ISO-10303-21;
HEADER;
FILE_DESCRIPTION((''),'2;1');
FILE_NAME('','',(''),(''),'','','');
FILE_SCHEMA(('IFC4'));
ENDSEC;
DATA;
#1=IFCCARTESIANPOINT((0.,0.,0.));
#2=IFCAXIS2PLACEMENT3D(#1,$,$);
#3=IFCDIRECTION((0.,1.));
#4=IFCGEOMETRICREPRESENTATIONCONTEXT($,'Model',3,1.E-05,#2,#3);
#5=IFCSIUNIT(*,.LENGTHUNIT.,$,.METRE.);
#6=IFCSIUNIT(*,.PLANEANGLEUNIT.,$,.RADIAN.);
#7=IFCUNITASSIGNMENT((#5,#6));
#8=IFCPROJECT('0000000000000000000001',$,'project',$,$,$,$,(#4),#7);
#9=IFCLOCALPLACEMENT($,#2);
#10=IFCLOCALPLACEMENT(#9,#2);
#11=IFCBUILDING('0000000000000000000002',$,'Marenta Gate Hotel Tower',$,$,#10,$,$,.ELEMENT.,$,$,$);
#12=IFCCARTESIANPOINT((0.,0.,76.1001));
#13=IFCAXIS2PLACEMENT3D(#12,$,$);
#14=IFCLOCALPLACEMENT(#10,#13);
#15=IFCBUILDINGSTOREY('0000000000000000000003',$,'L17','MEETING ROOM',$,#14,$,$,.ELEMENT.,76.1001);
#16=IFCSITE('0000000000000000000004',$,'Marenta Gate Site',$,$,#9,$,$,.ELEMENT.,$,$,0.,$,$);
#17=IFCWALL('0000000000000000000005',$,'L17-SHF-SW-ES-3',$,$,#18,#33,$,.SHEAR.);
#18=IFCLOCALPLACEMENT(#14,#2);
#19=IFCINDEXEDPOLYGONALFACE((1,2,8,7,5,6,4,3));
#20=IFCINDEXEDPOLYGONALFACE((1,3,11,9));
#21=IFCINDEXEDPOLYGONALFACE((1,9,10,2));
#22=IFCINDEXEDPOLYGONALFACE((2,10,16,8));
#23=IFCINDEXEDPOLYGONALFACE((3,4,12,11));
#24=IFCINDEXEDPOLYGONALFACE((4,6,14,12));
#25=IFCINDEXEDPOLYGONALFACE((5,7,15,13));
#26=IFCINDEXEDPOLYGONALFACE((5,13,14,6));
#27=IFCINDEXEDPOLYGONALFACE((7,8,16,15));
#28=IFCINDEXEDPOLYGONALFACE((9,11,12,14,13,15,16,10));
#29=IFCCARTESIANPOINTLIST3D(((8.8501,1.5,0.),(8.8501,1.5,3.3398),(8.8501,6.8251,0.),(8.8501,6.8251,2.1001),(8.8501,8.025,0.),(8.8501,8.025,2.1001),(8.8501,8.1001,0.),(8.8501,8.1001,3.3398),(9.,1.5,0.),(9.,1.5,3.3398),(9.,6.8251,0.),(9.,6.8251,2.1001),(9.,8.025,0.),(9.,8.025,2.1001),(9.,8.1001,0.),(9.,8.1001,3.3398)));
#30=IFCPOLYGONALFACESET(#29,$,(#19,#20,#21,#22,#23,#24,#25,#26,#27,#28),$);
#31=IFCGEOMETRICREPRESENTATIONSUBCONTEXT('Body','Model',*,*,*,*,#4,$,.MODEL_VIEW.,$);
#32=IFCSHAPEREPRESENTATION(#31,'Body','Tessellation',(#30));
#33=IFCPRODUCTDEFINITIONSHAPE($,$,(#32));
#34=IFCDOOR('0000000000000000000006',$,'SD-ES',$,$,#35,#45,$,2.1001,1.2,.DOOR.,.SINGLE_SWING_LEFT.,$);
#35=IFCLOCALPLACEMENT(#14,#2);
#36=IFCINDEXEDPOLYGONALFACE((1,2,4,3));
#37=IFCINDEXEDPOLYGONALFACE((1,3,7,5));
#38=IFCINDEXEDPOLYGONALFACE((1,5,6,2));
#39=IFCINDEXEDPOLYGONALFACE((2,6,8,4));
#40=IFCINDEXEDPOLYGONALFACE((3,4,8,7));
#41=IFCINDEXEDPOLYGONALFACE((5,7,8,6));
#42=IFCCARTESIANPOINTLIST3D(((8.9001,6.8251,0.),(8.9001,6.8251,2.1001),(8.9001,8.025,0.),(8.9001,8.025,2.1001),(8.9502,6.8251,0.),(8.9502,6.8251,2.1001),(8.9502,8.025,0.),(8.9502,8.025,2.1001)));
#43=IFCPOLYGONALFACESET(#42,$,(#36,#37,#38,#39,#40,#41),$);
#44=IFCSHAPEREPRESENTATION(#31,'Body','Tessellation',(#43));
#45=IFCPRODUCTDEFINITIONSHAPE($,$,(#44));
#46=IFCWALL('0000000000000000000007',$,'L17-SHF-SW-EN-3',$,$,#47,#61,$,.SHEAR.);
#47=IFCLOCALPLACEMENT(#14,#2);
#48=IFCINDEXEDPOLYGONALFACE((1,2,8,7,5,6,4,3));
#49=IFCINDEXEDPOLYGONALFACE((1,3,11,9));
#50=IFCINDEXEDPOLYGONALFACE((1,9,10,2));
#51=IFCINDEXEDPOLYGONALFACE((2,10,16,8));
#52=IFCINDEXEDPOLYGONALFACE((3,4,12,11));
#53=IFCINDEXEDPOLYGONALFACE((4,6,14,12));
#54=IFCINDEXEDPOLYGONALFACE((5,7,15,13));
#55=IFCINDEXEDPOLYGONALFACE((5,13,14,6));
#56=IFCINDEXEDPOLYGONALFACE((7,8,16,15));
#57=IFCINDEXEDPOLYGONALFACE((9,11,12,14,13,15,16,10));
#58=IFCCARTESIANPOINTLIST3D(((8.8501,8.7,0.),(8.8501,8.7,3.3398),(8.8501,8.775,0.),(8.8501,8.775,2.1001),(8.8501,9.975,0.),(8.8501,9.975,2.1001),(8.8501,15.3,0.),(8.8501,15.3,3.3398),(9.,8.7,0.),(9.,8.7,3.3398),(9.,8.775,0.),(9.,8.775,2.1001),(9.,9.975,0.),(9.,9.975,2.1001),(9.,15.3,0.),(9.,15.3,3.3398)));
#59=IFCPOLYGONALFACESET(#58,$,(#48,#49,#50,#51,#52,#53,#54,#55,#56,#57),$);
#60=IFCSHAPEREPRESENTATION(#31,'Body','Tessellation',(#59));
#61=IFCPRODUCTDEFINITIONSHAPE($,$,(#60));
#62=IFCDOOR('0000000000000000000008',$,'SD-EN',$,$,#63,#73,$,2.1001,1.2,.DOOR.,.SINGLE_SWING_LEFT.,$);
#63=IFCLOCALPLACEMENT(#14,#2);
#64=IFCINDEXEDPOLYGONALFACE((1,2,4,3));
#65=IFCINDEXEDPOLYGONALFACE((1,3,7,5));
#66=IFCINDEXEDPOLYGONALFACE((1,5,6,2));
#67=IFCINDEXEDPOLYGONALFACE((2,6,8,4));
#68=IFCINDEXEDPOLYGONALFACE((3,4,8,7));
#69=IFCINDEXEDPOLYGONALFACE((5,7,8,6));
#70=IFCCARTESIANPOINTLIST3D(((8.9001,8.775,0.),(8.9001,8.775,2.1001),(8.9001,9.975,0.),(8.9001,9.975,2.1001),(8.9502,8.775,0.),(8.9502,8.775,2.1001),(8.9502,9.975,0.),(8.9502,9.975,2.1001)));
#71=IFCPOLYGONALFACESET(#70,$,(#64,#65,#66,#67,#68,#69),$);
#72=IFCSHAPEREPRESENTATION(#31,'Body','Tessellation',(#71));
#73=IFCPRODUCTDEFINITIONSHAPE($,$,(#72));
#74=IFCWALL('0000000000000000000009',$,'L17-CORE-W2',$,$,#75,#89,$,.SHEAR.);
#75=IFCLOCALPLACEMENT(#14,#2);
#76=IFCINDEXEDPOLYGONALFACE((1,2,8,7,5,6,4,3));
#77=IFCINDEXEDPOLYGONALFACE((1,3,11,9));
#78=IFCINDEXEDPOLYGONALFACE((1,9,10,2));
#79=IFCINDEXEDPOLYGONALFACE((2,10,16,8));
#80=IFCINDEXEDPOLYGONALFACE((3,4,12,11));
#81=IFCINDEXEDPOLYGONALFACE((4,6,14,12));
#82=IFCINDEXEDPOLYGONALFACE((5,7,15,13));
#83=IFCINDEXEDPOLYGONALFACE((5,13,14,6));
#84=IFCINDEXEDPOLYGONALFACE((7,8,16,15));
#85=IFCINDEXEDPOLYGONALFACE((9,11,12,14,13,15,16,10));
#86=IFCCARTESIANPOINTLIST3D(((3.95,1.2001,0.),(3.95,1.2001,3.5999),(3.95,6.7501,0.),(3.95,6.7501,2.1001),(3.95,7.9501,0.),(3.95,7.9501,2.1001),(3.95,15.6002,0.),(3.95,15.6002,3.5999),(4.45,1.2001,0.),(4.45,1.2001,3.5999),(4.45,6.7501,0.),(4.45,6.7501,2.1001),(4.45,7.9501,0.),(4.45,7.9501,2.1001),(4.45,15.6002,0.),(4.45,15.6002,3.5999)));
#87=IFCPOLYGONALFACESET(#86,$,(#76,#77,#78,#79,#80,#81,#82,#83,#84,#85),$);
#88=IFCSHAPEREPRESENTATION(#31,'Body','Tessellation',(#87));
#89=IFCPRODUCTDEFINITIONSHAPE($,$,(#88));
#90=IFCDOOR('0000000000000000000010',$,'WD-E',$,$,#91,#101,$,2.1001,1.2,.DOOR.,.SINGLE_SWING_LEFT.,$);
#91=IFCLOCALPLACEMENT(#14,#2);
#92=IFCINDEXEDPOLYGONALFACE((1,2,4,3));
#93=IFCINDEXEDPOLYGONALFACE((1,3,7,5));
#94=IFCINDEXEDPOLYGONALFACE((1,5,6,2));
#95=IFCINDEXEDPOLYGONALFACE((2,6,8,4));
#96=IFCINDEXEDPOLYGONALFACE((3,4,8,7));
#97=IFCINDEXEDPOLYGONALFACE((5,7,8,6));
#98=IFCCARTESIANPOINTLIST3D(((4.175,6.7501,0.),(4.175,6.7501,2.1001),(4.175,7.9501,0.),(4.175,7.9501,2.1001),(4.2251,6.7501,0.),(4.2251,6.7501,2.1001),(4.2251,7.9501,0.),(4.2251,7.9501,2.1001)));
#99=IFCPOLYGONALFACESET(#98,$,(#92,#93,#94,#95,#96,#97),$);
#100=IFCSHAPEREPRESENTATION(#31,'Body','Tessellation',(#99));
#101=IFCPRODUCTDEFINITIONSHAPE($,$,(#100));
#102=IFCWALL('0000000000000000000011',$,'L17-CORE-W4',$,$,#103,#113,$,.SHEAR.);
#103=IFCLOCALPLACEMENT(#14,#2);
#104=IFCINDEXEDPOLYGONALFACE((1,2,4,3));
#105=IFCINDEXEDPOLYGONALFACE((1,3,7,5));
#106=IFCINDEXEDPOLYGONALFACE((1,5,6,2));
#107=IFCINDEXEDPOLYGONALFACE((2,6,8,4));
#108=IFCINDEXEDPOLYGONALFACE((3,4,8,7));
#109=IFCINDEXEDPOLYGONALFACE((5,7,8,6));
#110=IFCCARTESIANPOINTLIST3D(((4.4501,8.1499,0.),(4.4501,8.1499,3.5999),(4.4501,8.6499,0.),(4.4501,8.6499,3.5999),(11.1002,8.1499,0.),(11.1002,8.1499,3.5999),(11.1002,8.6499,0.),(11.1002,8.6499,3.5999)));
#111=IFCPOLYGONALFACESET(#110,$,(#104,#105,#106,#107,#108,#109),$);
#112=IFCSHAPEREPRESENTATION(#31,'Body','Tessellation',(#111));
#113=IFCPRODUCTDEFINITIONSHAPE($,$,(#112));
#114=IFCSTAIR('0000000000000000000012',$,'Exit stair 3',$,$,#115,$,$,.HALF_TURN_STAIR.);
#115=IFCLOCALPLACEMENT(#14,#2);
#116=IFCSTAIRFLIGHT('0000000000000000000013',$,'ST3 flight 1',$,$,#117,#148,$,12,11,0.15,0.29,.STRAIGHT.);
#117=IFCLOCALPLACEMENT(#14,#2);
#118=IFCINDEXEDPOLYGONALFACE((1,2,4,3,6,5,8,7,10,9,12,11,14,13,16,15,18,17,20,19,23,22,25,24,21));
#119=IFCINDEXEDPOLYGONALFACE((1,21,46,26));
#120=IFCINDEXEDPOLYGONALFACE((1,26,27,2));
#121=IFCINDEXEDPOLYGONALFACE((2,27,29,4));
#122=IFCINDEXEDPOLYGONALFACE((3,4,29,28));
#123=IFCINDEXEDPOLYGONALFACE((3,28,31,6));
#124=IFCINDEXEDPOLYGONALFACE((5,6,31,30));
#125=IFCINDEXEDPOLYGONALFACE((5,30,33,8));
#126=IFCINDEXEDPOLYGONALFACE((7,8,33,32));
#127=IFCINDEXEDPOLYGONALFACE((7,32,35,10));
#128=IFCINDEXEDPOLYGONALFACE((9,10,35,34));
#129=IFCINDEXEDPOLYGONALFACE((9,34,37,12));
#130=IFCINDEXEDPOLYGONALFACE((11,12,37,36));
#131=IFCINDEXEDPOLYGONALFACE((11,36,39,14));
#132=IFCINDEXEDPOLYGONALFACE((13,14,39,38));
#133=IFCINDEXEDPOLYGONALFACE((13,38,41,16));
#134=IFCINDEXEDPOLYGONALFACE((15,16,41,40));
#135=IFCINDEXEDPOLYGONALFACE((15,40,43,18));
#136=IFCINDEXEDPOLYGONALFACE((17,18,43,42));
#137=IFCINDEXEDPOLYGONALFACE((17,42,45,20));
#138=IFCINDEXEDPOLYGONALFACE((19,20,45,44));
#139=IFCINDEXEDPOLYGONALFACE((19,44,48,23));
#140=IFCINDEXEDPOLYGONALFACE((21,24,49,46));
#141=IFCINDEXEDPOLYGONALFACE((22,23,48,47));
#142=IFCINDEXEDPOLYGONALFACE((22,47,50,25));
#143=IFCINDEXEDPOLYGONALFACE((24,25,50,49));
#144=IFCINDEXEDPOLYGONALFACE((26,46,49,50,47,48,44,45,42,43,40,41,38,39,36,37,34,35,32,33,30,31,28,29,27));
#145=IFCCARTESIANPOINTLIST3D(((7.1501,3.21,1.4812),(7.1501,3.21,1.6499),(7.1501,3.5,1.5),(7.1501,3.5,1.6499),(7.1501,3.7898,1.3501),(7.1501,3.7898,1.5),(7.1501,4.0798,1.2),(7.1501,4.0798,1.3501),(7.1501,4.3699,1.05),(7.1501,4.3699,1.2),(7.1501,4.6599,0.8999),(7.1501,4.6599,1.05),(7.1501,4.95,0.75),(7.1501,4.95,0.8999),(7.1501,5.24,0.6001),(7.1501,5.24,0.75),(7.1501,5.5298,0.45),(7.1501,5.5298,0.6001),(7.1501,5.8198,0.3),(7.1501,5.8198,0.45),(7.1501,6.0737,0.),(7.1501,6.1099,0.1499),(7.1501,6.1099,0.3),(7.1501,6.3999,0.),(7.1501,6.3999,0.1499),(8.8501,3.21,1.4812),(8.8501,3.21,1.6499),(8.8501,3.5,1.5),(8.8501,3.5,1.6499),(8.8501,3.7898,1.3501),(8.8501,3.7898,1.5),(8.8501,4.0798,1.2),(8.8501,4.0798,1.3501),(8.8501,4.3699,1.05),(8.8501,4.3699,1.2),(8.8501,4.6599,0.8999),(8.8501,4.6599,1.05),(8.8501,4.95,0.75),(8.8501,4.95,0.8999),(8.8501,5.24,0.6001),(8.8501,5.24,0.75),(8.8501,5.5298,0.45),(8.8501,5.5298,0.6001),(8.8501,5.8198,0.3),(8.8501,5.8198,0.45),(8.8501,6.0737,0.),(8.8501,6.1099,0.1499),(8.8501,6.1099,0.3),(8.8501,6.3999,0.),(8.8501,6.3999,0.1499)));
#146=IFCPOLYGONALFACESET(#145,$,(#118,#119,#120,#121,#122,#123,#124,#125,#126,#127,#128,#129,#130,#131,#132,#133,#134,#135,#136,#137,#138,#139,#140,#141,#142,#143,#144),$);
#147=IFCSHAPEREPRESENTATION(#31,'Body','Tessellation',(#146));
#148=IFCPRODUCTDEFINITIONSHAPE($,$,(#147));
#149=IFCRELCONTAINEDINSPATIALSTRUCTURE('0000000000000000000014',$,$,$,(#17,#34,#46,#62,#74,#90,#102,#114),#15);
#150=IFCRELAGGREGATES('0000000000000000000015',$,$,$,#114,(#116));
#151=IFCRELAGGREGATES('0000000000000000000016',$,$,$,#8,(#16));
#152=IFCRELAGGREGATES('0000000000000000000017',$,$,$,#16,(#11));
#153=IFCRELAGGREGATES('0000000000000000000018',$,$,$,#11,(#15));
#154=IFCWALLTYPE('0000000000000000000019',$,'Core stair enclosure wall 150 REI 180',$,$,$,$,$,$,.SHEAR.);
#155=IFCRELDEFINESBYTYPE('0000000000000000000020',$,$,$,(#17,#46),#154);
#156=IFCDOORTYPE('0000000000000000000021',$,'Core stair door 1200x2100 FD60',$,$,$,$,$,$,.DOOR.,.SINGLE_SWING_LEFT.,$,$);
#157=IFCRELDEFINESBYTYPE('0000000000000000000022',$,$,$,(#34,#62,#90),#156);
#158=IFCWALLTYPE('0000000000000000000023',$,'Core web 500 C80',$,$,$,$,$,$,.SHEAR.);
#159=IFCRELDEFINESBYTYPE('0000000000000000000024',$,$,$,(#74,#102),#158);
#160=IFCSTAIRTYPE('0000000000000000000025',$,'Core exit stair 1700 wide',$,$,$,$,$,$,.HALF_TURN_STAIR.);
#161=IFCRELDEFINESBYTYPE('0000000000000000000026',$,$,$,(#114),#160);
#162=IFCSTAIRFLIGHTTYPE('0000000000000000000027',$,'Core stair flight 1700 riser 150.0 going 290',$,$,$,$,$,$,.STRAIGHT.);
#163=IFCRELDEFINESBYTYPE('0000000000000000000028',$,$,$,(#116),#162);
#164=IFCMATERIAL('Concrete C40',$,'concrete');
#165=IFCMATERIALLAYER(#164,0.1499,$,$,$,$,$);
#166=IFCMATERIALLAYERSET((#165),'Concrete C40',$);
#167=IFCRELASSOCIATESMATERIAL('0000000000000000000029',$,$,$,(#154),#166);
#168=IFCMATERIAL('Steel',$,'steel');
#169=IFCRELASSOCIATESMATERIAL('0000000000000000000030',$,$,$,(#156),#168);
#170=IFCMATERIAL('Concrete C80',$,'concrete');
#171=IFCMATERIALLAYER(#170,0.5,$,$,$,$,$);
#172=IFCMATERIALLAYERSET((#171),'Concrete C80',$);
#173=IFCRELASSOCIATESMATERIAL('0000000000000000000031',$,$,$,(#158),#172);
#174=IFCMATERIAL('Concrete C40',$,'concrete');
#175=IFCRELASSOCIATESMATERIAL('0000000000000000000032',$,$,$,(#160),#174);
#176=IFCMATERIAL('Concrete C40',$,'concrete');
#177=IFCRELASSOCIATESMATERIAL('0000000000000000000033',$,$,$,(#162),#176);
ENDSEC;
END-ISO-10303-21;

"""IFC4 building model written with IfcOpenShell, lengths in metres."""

from ifc_helpers import new_model, si_unit, direction, frame, frame_2d, origin, place, context, subcontext, project, spatial, polyline, rectangle, outline, extrude, material, layer, layer_set, type_object, element, fill, aggregate, save


model = new_model("IFC4")

# Units and contexts
model_context = context("Model", 3, precision=1e-05, world=origin(), true_north=direction((0.0, 1.0)))
body_context = subcontext(model_context, "Body", "Model", "MODEL_VIEW")
ifc_project = project(units=[si_unit("LENGTHUNIT", "METRE"), si_unit("PLANEANGLEUNIT", "RADIAN")], contexts=[model_context])

# Site, building, storey
site_placement = place(None, origin())
site = spatial("IfcSite", under=ifc_project, at=site_placement, Name="Marenta Gate Site", CompositionType="ELEMENT", RefElevation=0.0)
building_placement = place(site_placement, origin())
building = spatial("IfcBuilding", under=site, at=building_placement, Name="Marenta Gate Hotel Tower", CompositionType="ELEMENT")
storey_placement = place(building_placement, frame((0.0, 0.0, 76.1001)))
storey = spatial("IfcBuildingStorey", under=building, at=storey_placement, Name="L17", Description="MEETING ROOM", CompositionType="ELEMENT", Elevation=76.1001)

# Walls, openings, doors
ifc_material_1 = material(Name="Concrete C40", Category="concrete")
ifc_layer_1 = layer(ifc_material_1, 0.1499)
ifc_layer_set_1 = layer_set([ifc_layer_1], Name="Concrete C40")
wall_type_1 = type_object("IfcWallType", Name="Core stair enclosure wall 150 REI 180", PredefinedType="SHEAR", material=ifc_layer_set_1)
wall_1_placement = place(storey_placement, frame((8.925, 1.5, 0.0), z_axis=(0.0, 0.0, 1.0), x_axis=(0.0, 1.0, 0.0)))
wall_1 = element("IfcWall", 1, at=wall_1_placement, inside=storey, type_object=wall_type_1, Name="L17-SHF-SW-ES-3", PredefinedType="SHEAR", context=body_context, shape_type="SweptSolid", body=[
    extrude(rectangle(XDim=6.6001, YDim=0.1499, at=frame_2d((3.3, 0.0))), origin(), (0.0, 0.0, 1.0), 3.3398),
])
opening_1_placement = place(wall_1_placement, frame((5.325, 0.0, 0.0)))
opening_1 = element("IfcOpeningElement", 2, at=opening_1_placement, cuts=wall_1, PredefinedType="OPENING", context=body_context, shape_type="SweptSolid", body=[
    extrude(rectangle(XDim=1.2, YDim=2.1001, at=frame_2d((0.6001, 1.05))), frame((0.0, 0.075, 0.0), z_axis=(0.0, -1.0, 0.0), x_axis=(1.0, 0.0, 0.0)), (0.0, 0.0, 1.0), 0.1499),
])
ifc_material_2 = material(Name="Steel", Category="steel")
door_type_1 = type_object("IfcDoorType", Name="Core stair door 1200x2100 FD60", OperationType="SINGLE_SWING_LEFT", PredefinedType="DOOR", material=ifc_material_2)
door_1_placement = place(opening_1_placement, origin())
door_1 = element("IfcDoor", 3, at=door_1_placement, inside=storey, type_object=door_type_1, Name="SD-ES", OperationType="SINGLE_SWING_LEFT", OverallHeight=2.1001, OverallWidth=1.2, PredefinedType="DOOR", context=body_context, shape_type="SweptSolid", body=[
    extrude(rectangle(XDim=1.2, YDim=2.1001, at=frame_2d((0.6001, 1.05))), frame((0.0, 0.0249, 0.0), z_axis=(0.0, -1.0, 0.0), x_axis=(1.0, 0.0, 0.0)), (0.0, 0.0, 1.0), 0.05),
])
fill(opening_1, door_1)
wall_2_placement = place(storey_placement, frame((8.925, 8.7, 0.0), z_axis=(0.0, 0.0, 1.0), x_axis=(0.0, 1.0, 0.0)))
wall_2 = element("IfcWall", 4, at=wall_2_placement, inside=storey, type_object=wall_type_1, Name="L17-SHF-SW-EN-3", PredefinedType="SHEAR", context=body_context, shape_type="SweptSolid", body=[
    extrude(rectangle(XDim=6.6001, YDim=0.1499, at=frame_2d((3.3, 0.0))), origin(), (0.0, 0.0, 1.0), 3.3398),
])
opening_2_placement = place(wall_2_placement, frame((0.075, 0.0, 0.0)))
opening_2 = element("IfcOpeningElement", 5, at=opening_2_placement, cuts=wall_2, PredefinedType="OPENING", context=body_context, shape_type="SweptSolid", body=[
    extrude(rectangle(XDim=1.2, YDim=2.1001, at=frame_2d((0.6001, 1.05))), frame((0.0, 0.075, 0.0), z_axis=(0.0, -1.0, 0.0), x_axis=(1.0, 0.0, 0.0)), (0.0, 0.0, 1.0), 0.1499),
])
door_2_placement = place(opening_2_placement, origin())
door_2 = element("IfcDoor", 6, at=door_2_placement, inside=storey, type_object=door_type_1, Name="SD-EN", OperationType="SINGLE_SWING_LEFT", OverallHeight=2.1001, OverallWidth=1.2, PredefinedType="DOOR", context=body_context, shape_type="SweptSolid", body=[
    extrude(rectangle(XDim=1.2, YDim=2.1001, at=frame_2d((0.6001, 1.05))), frame((0.0, 0.0249, 0.0), z_axis=(0.0, -1.0, 0.0), x_axis=(1.0, 0.0, 0.0)), (0.0, 0.0, 1.0), 0.05),
])
fill(opening_2, door_2)
ifc_material_3 = material(Name="Concrete C80", Category="concrete")
ifc_layer_2 = layer(ifc_material_3, 0.5)
ifc_layer_set_2 = layer_set([ifc_layer_2], Name="Concrete C80")
wall_type_2 = type_object("IfcWallType", Name="Core web 500 C80", PredefinedType="SHEAR", material=ifc_layer_set_2)
wall_3_placement = place(storey_placement, frame((4.2, 1.2, 0.0), z_axis=(0.0, 0.0, 1.0), x_axis=(0.0, 1.0, 0.0)))
wall_3 = element("IfcWall", 7, at=wall_3_placement, inside=storey, type_object=wall_type_2, Name="L17-CORE-W2", PredefinedType="SHEAR", context=body_context, shape_type="SweptSolid", body=[
    extrude(rectangle(XDim=14.4001, YDim=0.5, at=frame_2d((7.2002, 0.0))), origin(), (0.0, 0.0, 1.0), 3.5999),
])
opening_3_placement = place(wall_3_placement, frame((5.55, 0.0, 0.0)))
opening_3 = element("IfcOpeningElement", 8, at=opening_3_placement, cuts=wall_3, PredefinedType="OPENING", context=body_context, shape_type="SweptSolid", body=[
    extrude(rectangle(XDim=1.2, YDim=2.1001, at=frame_2d((0.6001, 1.05))), frame((0.0, 0.25, 0.0), z_axis=(0.0, -1.0, 0.0), x_axis=(1.0, 0.0, 0.0)), (0.0, 0.0, 1.0), 0.5),
])
door_3_placement = place(opening_3_placement, origin())
door_3 = element("IfcDoor", 9, at=door_3_placement, inside=storey, type_object=door_type_1, Name="WD-E", OperationType="SINGLE_SWING_LEFT", OverallHeight=2.1001, OverallWidth=1.2, PredefinedType="DOOR", context=body_context, shape_type="SweptSolid", body=[
    extrude(rectangle(XDim=1.2, YDim=2.1001, at=frame_2d((0.6001, 1.05))), frame((0.0, 0.0249, 0.0), z_axis=(0.0, -1.0, 0.0), x_axis=(1.0, 0.0, 0.0)), (0.0, 0.0, 1.0), 0.05),
])
fill(opening_3, door_3)

# Wall
wall_4_placement = place(storey_placement, frame((4.45, 8.3999, 0.0), z_axis=(0.0, 0.0, 1.0), x_axis=(1.0, 0.0, 0.0)))
element("IfcWall", 10, at=wall_4_placement, inside=storey, type_object=wall_type_2, Name="L17-CORE-W4", PredefinedType="SHEAR", context=body_context, shape_type="SweptSolid", body=[
    extrude(rectangle(XDim=6.6501, YDim=0.5, at=frame_2d((3.3252, 0.0))), origin(), (0.0, 0.0, 1.0), 3.5999),
])

# Stair, stair flight
ifc_material_4 = material(Name="Concrete C40", Category="concrete")
stair_type = type_object("IfcStairType", Name="Core exit stair 1700 wide", PredefinedType="HALF_TURN_STAIR", material=ifc_material_4)
stair_placement = place(storey_placement, origin())
stair = element("IfcStair", 11, at=stair_placement, inside=storey, type_object=stair_type, Name="Exit stair 3", PredefinedType="HALF_TURN_STAIR")
ifc_material_5 = material(Name="Concrete C40", Category="concrete")
stair_flight_type = type_object("IfcStairFlightType", Name="Core stair flight 1700 riser 150.0 going 290", PredefinedType="STRAIGHT", material=ifc_material_5)
stair_flight_1_placement = place(storey_placement, frame((8.0, 6.3999, 0.0), z_axis=(0.0, 0.0, 1.0), x_axis=(0.0, -1.0, 0.0)))
stair_flight_1 = element("IfcStairFlight", 12, at=stair_flight_1_placement, type_object=stair_flight_type, Name="ST3 flight 1", NumberOfRisers=12, NumberOfTreads=11, PredefinedType="STRAIGHT", RiserHeight=0.15, TreadLength=0.29, context=body_context, shape_type="SweptSolid", body=[
    extrude(outline(polyline([(0.0, 0.0), (0.0, 0.1499), (0.29, 0.1499), (0.29, 0.3), (0.5801, 0.3), (0.5801, 0.45), (0.8701, 0.45), (0.8701, 0.6001), (1.1599, 0.6001), (1.1599, 0.75), (1.45, 0.75), (1.45, 0.8999), (1.74, 0.8999), (1.74, 1.05), (2.03, 1.05), (2.03, 1.2), (2.3201, 1.2), (2.3201, 1.3501), (2.6101, 1.3501), (2.6101, 1.5), (2.8999, 1.5), (2.8999, 1.6499), (3.1899, 1.6499), (3.1899, 1.8), (3.1899, 1.4812), (0.3262, 0.0), (0.0, 0.0)])), frame((0.0, 0.8501, 0.0), z_axis=(0.0, -1.0, 0.0), x_axis=(1.0, 0.0, 0.0)), (0.0, 0.0, 1.0), 1.7),
])
aggregate(stair, [stair_flight_1])

save(model, "model.ifc")
